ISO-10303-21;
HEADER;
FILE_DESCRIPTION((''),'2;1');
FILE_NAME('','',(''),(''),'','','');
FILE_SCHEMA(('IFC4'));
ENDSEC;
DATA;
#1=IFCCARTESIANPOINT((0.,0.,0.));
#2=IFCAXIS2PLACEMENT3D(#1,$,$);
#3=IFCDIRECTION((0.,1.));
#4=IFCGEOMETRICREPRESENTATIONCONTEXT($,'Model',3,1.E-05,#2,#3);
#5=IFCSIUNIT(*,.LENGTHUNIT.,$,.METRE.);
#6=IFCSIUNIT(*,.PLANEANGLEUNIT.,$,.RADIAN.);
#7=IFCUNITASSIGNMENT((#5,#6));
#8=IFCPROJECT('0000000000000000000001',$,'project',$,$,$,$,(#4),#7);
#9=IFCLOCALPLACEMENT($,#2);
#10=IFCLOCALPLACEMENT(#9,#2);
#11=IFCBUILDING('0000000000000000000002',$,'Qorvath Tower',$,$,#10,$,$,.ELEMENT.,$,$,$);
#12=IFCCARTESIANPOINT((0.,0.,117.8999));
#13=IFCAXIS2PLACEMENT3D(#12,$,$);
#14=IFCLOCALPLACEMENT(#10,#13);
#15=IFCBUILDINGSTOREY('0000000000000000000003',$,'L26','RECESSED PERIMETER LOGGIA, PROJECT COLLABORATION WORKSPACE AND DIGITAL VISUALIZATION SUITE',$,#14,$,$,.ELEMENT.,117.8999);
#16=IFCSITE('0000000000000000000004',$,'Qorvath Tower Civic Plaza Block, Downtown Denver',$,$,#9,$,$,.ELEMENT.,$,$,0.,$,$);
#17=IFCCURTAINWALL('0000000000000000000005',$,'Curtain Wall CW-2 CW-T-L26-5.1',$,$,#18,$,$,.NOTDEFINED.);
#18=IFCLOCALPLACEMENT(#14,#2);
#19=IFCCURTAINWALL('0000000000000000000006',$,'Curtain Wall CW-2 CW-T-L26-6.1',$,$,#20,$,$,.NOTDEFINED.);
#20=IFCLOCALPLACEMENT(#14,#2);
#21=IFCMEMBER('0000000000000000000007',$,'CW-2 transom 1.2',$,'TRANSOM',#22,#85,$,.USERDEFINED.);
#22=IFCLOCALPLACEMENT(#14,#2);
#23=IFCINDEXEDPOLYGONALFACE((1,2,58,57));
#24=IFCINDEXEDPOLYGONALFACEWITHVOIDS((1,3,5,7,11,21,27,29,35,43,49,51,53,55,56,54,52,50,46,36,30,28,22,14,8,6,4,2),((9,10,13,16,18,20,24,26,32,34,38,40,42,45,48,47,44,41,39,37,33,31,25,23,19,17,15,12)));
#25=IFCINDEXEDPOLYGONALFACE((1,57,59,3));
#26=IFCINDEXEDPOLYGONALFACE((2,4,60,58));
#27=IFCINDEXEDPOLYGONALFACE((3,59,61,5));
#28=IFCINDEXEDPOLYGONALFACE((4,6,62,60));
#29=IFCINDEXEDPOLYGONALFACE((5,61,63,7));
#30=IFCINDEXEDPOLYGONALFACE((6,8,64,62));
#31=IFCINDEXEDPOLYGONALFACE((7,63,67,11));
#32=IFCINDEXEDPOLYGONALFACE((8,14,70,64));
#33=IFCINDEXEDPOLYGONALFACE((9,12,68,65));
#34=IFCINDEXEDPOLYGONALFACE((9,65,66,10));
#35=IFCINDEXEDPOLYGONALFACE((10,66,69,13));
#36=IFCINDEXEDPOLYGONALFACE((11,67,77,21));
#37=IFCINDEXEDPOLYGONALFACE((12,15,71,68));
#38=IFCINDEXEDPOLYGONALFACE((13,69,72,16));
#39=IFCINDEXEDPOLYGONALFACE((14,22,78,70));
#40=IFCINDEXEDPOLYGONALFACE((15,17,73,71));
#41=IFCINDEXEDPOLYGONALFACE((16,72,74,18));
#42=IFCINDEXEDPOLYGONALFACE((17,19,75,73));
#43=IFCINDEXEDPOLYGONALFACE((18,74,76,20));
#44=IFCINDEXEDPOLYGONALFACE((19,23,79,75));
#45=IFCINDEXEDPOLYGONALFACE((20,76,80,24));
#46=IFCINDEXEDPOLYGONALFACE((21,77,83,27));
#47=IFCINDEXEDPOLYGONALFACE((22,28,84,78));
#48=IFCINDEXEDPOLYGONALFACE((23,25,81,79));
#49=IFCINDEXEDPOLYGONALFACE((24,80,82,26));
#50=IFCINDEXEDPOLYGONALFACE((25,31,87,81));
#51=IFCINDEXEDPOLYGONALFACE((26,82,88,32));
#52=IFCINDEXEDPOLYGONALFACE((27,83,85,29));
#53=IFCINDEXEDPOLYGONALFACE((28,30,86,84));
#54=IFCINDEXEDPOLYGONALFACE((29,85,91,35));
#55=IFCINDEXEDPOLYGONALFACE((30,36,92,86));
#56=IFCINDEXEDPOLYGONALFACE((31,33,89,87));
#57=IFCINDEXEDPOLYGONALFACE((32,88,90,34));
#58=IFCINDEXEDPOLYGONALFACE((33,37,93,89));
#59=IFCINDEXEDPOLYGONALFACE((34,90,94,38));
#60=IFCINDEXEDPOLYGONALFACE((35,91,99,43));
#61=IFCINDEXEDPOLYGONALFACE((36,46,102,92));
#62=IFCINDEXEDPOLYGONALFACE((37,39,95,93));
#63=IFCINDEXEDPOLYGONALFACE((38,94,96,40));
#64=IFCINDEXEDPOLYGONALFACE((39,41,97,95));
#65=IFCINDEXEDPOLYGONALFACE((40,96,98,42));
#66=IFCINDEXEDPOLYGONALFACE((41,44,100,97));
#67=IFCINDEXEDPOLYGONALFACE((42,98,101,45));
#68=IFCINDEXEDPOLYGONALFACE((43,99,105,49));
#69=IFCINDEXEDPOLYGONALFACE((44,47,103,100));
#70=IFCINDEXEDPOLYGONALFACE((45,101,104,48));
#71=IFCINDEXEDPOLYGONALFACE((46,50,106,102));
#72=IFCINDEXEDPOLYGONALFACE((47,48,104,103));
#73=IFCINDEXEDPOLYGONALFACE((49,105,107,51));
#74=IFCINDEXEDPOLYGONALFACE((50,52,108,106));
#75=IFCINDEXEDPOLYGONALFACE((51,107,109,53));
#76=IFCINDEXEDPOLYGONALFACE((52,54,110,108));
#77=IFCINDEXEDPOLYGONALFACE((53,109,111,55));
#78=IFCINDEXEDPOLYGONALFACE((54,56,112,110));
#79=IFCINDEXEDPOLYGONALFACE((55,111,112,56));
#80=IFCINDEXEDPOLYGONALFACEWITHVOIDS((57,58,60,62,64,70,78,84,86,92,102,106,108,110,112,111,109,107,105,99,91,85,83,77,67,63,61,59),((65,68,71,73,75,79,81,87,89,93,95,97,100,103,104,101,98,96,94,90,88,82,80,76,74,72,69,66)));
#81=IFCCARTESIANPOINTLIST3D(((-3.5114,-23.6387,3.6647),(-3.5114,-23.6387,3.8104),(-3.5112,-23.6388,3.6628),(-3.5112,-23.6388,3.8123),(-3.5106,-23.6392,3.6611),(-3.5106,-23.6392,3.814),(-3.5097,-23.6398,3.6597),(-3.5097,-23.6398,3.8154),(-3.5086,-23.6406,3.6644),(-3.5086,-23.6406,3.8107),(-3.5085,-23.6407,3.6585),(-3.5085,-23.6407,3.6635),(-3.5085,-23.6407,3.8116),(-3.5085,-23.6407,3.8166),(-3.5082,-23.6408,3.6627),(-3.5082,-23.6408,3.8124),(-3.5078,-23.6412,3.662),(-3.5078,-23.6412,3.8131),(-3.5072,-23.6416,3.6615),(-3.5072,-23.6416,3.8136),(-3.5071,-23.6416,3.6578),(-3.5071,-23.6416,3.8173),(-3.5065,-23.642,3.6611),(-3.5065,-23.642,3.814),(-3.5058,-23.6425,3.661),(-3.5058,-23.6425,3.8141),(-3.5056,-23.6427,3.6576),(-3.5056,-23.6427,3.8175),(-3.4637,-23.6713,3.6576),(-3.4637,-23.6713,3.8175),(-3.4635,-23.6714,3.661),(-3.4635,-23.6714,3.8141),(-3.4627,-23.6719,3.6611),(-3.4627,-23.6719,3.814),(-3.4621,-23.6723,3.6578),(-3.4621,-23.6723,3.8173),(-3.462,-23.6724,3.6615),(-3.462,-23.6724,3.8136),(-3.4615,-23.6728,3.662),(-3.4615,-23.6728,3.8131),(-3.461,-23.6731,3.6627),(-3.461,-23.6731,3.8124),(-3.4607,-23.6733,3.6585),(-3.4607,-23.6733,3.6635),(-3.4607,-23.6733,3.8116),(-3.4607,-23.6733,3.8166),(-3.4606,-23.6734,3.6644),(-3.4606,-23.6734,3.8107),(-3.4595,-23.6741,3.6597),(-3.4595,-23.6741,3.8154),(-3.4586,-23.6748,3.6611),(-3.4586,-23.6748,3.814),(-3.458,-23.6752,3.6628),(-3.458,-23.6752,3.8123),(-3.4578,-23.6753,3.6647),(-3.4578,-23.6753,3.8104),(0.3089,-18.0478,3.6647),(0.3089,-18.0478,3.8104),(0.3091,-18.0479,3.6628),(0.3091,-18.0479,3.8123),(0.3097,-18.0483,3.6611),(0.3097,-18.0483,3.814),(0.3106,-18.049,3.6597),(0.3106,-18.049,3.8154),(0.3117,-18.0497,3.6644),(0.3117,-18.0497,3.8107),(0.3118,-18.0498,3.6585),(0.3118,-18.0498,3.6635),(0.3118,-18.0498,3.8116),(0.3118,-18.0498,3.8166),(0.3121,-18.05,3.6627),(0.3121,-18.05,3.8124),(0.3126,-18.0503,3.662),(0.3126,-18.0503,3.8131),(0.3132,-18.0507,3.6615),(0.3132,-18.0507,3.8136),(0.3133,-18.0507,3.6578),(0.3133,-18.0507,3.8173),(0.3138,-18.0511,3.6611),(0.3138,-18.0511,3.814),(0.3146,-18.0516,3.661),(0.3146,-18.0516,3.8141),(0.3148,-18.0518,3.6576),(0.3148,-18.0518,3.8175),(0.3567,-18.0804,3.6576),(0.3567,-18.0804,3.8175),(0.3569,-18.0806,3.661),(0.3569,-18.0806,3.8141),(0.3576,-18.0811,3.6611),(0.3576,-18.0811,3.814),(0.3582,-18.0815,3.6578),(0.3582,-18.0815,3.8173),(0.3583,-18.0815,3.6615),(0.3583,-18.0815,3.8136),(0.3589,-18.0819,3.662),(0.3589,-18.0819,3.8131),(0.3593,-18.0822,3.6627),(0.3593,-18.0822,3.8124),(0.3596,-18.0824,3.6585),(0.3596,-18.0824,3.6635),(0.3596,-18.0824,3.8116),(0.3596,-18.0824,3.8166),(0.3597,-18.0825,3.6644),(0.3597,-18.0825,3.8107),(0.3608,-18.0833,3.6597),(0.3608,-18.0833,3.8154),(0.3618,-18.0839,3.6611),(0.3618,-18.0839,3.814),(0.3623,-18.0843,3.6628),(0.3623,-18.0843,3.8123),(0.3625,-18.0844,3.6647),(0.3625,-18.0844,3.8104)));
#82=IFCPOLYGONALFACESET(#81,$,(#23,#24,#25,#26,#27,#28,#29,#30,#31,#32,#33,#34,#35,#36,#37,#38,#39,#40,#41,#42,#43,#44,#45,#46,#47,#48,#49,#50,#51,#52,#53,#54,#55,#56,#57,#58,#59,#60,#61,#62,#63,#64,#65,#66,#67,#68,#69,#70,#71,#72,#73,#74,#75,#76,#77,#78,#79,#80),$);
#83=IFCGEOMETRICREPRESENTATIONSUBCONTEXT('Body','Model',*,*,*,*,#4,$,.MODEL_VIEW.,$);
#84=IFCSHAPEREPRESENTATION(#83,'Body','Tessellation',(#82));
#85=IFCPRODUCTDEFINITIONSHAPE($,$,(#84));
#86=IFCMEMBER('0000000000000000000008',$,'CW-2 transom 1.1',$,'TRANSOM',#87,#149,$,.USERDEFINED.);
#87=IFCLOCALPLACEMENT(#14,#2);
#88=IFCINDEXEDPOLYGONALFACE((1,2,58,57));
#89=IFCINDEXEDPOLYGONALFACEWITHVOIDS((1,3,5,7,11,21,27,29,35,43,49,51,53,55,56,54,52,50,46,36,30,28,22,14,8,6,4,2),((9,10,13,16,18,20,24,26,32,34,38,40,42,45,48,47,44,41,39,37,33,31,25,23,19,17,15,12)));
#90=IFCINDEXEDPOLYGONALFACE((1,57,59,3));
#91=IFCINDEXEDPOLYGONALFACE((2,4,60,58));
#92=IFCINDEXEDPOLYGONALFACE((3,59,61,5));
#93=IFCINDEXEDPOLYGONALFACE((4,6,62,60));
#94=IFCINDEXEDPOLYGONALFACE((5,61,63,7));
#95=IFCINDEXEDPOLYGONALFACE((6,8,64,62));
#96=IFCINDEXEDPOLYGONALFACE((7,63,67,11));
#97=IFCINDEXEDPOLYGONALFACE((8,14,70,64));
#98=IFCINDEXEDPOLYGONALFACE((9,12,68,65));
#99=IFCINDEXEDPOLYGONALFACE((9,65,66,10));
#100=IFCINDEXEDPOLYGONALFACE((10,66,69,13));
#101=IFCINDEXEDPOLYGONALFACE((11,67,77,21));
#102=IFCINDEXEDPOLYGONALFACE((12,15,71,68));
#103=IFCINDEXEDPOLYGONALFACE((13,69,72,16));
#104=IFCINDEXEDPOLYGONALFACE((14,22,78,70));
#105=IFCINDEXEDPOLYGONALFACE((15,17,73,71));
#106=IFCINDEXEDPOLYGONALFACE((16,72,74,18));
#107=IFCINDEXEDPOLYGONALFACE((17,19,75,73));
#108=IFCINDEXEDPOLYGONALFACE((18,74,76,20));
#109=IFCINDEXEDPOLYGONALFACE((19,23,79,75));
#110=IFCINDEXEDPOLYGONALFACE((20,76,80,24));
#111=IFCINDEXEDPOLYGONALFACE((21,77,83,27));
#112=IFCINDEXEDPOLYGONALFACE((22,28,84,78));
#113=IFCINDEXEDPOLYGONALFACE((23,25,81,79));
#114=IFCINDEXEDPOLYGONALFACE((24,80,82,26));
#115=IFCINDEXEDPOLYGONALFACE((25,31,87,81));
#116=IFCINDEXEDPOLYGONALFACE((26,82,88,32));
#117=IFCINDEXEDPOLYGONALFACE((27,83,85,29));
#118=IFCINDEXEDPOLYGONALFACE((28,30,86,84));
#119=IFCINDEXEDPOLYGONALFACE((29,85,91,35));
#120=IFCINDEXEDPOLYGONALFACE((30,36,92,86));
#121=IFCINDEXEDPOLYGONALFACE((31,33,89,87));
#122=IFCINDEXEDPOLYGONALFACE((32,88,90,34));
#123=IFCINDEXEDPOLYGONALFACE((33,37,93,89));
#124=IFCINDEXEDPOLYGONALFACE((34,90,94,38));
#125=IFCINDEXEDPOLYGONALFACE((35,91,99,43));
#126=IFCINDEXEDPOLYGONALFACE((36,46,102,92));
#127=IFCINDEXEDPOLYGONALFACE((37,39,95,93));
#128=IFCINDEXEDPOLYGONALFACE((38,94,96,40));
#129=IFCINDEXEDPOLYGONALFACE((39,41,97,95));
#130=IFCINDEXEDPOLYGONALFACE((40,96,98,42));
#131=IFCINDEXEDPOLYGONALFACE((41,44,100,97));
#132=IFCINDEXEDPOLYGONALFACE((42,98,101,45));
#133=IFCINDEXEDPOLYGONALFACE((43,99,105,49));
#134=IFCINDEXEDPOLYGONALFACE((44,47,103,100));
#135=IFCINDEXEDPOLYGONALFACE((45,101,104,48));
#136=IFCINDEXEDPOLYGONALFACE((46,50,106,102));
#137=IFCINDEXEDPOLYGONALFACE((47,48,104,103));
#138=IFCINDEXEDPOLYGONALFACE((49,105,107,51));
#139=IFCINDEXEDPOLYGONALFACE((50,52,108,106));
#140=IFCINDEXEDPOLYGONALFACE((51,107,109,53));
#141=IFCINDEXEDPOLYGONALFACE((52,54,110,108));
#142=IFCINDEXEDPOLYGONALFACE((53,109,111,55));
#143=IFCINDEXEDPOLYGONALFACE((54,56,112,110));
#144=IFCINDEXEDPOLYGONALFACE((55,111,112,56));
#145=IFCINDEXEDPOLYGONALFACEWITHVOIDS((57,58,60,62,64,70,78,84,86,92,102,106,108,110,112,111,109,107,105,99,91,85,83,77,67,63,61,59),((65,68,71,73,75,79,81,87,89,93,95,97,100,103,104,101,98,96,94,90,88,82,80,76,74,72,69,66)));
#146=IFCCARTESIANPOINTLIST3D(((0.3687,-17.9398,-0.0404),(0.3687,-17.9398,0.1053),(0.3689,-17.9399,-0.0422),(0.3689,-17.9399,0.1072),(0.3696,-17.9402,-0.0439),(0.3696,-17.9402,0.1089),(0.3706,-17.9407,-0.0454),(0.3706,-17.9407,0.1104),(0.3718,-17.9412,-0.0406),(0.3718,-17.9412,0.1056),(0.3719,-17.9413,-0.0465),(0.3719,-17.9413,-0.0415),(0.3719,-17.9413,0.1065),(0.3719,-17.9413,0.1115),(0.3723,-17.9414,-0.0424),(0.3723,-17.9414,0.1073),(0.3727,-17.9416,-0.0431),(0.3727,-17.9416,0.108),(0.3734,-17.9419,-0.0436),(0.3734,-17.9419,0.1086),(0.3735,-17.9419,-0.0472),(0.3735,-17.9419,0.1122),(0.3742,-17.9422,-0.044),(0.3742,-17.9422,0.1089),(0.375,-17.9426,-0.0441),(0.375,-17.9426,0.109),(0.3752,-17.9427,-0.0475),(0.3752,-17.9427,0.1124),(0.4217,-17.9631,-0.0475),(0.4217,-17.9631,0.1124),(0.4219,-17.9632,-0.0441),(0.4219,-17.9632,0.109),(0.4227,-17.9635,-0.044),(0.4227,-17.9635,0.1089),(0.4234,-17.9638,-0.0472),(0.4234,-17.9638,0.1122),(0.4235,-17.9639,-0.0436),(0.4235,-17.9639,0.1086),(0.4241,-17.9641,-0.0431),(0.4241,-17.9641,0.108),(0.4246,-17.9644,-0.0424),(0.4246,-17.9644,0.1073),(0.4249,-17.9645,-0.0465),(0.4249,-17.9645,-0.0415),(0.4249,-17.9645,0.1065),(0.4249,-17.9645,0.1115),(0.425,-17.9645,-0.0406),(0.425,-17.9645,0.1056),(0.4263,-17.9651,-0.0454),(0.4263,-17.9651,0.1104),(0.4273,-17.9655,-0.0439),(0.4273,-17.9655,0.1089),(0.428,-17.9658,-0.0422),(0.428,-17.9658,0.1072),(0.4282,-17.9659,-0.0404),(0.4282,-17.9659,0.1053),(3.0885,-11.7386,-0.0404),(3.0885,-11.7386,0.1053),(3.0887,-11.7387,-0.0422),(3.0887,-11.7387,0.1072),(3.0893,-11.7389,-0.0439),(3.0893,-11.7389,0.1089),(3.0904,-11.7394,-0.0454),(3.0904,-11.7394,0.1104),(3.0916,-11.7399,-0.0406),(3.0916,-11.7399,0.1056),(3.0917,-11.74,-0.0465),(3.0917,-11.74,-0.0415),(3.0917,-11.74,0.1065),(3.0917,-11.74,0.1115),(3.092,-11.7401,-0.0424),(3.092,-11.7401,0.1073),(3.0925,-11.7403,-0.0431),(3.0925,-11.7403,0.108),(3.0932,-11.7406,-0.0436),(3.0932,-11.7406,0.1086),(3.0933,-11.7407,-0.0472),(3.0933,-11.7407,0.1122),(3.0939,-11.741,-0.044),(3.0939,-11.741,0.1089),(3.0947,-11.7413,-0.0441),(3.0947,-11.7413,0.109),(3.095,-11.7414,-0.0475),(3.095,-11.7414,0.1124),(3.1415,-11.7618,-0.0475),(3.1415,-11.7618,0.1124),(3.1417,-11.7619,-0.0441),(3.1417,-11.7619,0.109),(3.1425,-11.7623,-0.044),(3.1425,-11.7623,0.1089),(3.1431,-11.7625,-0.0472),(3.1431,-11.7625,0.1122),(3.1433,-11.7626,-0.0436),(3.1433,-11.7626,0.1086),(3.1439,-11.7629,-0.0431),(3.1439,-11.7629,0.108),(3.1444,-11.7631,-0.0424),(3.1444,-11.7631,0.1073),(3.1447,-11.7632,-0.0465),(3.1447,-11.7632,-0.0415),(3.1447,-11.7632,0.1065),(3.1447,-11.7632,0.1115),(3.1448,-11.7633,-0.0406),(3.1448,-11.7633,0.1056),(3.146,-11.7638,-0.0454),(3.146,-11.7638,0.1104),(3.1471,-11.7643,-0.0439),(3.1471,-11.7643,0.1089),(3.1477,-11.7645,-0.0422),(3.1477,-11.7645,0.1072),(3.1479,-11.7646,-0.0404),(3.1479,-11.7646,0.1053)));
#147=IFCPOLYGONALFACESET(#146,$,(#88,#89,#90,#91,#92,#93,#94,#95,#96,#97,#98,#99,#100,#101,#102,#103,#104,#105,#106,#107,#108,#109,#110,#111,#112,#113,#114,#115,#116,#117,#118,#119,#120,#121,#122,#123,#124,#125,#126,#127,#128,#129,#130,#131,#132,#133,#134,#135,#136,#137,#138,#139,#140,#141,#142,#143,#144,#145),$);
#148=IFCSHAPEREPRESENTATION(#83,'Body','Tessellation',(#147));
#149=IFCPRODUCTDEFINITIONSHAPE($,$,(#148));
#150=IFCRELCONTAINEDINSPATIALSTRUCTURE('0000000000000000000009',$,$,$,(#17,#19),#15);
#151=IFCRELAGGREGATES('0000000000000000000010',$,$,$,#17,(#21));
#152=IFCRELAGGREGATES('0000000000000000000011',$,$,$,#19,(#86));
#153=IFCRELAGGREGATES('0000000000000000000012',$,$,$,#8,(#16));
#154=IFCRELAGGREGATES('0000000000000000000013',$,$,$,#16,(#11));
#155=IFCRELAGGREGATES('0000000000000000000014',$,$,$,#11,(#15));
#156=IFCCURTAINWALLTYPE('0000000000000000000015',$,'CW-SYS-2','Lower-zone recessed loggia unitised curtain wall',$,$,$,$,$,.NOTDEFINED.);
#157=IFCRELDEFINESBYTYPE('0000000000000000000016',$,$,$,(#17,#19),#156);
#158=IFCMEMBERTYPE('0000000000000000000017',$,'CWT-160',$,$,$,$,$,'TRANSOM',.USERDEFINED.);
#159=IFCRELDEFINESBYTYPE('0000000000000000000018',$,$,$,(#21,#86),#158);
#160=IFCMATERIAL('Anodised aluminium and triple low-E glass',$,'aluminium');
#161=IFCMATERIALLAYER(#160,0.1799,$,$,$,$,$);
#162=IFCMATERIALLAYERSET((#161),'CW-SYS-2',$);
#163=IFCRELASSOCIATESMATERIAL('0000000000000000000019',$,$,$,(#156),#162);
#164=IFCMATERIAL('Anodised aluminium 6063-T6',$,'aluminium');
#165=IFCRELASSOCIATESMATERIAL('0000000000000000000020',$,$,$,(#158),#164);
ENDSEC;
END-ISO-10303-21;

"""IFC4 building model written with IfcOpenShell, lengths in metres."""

from ifc_helpers import new_model, si_unit, direction, frame, origin, origin_2d, place, context, subcontext, project, spatial, hollow_rectangle, extrude, material, layer, layer_set, material_profile, profile_set, type_object, element, aggregate, save


model = new_model("IFC4")

# Units and contexts
model_context = context("Model", 3, precision=1e-05, world=origin(), true_north=direction((0.0, 1.0)))
body_context = subcontext(model_context, "Body", "Model", "MODEL_VIEW")
ifc_project = project(units=[si_unit("LENGTHUNIT", "METRE"), si_unit("PLANEANGLEUNIT", "RADIAN")], contexts=[model_context])

# Site, building, storey
site_placement = place(None, origin())
site = spatial("IfcSite", under=ifc_project, at=site_placement, Name="Qorvath Tower Civic Plaza Block, Downtown Denver", CompositionType="ELEMENT", RefElevation=0.0)
building_placement = place(site_placement, origin())
building = spatial("IfcBuilding", under=site, at=building_placement, Name="Qorvath Tower", CompositionType="ELEMENT")
storey_placement = place(building_placement, frame((0.0, 0.0, 117.8999)))
storey = spatial("IfcBuildingStorey", under=building, at=storey_placement, Name="L26", Description="RECESSED PERIMETER LOGGIA, PROJECT COLLABORATION WORKSPACE AND DIGITAL VISUALIZATION SUITE", CompositionType="ELEMENT", Elevation=117.8999)

# Curtain walls
ifc_material_1 = material(Name="Anodised aluminium and triple low-E glass", Category="aluminium")
ifc_layer_1 = layer(ifc_material_1, 0.1799)
ifc_layer_set_1 = layer_set([ifc_layer_1], Name="CW-SYS-2")
curtain_wall_type = type_object("IfcCurtainWallType", Name="CW-SYS-2", Description="Lower-zone recessed loggia unitised curtain wall", PredefinedType="NOTDEFINED", material=ifc_layer_set_1)
curtain_wall_1_placement = place(storey_placement, origin())
curtain_wall_1 = element("IfcCurtainWall", 1, at=curtain_wall_1_placement, inside=storey, type_object=curtain_wall_type, Name="Curtain Wall CW-2 CW-T-L26-5.1", PredefinedType="NOTDEFINED")
curtain_wall_2_placement = place(storey_placement, origin())
curtain_wall_2 = element("IfcCurtainWall", 2, at=curtain_wall_2_placement, inside=storey, type_object=curtain_wall_type, Name="Curtain Wall CW-2 CW-T-L26-6.1", PredefinedType="NOTDEFINED")

# Members
ifc_material_2 = material(Name="Anodised aluminium 6063-T6", Category="aluminium")
ifc_material_profile_1 = material_profile(ifc_material_2, hollow_rectangle(XDim=0.0649, YDim=0.1599, WallThickness=0.0034, InnerFilletRadius=0.0034, OuterFilletRadius=0.0071, at=origin_2d()), Name="CWT 160x65")
ifc_profile_set_1 = profile_set([ifc_material_profile_1], Name="Anodised aluminium 6063-T6")
member_type_1 = type_object("IfcMemberType", Name="CWT-160", ElementType="TRANSOM", PredefinedType="USERDEFINED", material=ifc_profile_set_1)
member_1_placement = place(storey_placement, frame((-3.4846, -23.657, 3.7375), z_axis=(0.564182, 0.82565, 0.0), x_axis=(-0.82565, 0.564182, 0.0)))
member_1 = element("IfcMember", 3, at=member_1_placement, type_object=member_type_1, Name="CW-2 transom 1.2", ObjectType="TRANSOM", PredefinedType="USERDEFINED", context=body_context, shape_type="SweptSolid", body=[
    extrude(hollow_rectangle(XDim=0.0649, YDim=0.1599, WallThickness=0.0034, InnerFilletRadius=0.0034, OuterFilletRadius=0.0071, at=origin_2d()), origin(), (0.0, 0.0, 1.0), 6.7715),
])
member_2_placement = place(storey_placement, frame((0.3984, -17.9529, 0.0325), z_axis=(0.401651, 0.915793, 0.0), x_axis=(-0.915793, 0.401651, 0.0)))
member_2 = element("IfcMember", 4, at=member_2_placement, type_object=member_type_1, Name="CW-2 transom 1.1", ObjectType="TRANSOM", PredefinedType="USERDEFINED", context=body_context, shape_type="SweptSolid", body=[
    extrude(hollow_rectangle(XDim=0.0649, YDim=0.1599, WallThickness=0.0034, InnerFilletRadius=0.0034, OuterFilletRadius=0.0071, at=origin_2d()), origin(), (0.0, 0.0, 1.0), 6.7715),
])

aggregate(curtain_wall_1, [member_1])
aggregate(curtain_wall_2, [member_2])

save(model, "model.ifc")
